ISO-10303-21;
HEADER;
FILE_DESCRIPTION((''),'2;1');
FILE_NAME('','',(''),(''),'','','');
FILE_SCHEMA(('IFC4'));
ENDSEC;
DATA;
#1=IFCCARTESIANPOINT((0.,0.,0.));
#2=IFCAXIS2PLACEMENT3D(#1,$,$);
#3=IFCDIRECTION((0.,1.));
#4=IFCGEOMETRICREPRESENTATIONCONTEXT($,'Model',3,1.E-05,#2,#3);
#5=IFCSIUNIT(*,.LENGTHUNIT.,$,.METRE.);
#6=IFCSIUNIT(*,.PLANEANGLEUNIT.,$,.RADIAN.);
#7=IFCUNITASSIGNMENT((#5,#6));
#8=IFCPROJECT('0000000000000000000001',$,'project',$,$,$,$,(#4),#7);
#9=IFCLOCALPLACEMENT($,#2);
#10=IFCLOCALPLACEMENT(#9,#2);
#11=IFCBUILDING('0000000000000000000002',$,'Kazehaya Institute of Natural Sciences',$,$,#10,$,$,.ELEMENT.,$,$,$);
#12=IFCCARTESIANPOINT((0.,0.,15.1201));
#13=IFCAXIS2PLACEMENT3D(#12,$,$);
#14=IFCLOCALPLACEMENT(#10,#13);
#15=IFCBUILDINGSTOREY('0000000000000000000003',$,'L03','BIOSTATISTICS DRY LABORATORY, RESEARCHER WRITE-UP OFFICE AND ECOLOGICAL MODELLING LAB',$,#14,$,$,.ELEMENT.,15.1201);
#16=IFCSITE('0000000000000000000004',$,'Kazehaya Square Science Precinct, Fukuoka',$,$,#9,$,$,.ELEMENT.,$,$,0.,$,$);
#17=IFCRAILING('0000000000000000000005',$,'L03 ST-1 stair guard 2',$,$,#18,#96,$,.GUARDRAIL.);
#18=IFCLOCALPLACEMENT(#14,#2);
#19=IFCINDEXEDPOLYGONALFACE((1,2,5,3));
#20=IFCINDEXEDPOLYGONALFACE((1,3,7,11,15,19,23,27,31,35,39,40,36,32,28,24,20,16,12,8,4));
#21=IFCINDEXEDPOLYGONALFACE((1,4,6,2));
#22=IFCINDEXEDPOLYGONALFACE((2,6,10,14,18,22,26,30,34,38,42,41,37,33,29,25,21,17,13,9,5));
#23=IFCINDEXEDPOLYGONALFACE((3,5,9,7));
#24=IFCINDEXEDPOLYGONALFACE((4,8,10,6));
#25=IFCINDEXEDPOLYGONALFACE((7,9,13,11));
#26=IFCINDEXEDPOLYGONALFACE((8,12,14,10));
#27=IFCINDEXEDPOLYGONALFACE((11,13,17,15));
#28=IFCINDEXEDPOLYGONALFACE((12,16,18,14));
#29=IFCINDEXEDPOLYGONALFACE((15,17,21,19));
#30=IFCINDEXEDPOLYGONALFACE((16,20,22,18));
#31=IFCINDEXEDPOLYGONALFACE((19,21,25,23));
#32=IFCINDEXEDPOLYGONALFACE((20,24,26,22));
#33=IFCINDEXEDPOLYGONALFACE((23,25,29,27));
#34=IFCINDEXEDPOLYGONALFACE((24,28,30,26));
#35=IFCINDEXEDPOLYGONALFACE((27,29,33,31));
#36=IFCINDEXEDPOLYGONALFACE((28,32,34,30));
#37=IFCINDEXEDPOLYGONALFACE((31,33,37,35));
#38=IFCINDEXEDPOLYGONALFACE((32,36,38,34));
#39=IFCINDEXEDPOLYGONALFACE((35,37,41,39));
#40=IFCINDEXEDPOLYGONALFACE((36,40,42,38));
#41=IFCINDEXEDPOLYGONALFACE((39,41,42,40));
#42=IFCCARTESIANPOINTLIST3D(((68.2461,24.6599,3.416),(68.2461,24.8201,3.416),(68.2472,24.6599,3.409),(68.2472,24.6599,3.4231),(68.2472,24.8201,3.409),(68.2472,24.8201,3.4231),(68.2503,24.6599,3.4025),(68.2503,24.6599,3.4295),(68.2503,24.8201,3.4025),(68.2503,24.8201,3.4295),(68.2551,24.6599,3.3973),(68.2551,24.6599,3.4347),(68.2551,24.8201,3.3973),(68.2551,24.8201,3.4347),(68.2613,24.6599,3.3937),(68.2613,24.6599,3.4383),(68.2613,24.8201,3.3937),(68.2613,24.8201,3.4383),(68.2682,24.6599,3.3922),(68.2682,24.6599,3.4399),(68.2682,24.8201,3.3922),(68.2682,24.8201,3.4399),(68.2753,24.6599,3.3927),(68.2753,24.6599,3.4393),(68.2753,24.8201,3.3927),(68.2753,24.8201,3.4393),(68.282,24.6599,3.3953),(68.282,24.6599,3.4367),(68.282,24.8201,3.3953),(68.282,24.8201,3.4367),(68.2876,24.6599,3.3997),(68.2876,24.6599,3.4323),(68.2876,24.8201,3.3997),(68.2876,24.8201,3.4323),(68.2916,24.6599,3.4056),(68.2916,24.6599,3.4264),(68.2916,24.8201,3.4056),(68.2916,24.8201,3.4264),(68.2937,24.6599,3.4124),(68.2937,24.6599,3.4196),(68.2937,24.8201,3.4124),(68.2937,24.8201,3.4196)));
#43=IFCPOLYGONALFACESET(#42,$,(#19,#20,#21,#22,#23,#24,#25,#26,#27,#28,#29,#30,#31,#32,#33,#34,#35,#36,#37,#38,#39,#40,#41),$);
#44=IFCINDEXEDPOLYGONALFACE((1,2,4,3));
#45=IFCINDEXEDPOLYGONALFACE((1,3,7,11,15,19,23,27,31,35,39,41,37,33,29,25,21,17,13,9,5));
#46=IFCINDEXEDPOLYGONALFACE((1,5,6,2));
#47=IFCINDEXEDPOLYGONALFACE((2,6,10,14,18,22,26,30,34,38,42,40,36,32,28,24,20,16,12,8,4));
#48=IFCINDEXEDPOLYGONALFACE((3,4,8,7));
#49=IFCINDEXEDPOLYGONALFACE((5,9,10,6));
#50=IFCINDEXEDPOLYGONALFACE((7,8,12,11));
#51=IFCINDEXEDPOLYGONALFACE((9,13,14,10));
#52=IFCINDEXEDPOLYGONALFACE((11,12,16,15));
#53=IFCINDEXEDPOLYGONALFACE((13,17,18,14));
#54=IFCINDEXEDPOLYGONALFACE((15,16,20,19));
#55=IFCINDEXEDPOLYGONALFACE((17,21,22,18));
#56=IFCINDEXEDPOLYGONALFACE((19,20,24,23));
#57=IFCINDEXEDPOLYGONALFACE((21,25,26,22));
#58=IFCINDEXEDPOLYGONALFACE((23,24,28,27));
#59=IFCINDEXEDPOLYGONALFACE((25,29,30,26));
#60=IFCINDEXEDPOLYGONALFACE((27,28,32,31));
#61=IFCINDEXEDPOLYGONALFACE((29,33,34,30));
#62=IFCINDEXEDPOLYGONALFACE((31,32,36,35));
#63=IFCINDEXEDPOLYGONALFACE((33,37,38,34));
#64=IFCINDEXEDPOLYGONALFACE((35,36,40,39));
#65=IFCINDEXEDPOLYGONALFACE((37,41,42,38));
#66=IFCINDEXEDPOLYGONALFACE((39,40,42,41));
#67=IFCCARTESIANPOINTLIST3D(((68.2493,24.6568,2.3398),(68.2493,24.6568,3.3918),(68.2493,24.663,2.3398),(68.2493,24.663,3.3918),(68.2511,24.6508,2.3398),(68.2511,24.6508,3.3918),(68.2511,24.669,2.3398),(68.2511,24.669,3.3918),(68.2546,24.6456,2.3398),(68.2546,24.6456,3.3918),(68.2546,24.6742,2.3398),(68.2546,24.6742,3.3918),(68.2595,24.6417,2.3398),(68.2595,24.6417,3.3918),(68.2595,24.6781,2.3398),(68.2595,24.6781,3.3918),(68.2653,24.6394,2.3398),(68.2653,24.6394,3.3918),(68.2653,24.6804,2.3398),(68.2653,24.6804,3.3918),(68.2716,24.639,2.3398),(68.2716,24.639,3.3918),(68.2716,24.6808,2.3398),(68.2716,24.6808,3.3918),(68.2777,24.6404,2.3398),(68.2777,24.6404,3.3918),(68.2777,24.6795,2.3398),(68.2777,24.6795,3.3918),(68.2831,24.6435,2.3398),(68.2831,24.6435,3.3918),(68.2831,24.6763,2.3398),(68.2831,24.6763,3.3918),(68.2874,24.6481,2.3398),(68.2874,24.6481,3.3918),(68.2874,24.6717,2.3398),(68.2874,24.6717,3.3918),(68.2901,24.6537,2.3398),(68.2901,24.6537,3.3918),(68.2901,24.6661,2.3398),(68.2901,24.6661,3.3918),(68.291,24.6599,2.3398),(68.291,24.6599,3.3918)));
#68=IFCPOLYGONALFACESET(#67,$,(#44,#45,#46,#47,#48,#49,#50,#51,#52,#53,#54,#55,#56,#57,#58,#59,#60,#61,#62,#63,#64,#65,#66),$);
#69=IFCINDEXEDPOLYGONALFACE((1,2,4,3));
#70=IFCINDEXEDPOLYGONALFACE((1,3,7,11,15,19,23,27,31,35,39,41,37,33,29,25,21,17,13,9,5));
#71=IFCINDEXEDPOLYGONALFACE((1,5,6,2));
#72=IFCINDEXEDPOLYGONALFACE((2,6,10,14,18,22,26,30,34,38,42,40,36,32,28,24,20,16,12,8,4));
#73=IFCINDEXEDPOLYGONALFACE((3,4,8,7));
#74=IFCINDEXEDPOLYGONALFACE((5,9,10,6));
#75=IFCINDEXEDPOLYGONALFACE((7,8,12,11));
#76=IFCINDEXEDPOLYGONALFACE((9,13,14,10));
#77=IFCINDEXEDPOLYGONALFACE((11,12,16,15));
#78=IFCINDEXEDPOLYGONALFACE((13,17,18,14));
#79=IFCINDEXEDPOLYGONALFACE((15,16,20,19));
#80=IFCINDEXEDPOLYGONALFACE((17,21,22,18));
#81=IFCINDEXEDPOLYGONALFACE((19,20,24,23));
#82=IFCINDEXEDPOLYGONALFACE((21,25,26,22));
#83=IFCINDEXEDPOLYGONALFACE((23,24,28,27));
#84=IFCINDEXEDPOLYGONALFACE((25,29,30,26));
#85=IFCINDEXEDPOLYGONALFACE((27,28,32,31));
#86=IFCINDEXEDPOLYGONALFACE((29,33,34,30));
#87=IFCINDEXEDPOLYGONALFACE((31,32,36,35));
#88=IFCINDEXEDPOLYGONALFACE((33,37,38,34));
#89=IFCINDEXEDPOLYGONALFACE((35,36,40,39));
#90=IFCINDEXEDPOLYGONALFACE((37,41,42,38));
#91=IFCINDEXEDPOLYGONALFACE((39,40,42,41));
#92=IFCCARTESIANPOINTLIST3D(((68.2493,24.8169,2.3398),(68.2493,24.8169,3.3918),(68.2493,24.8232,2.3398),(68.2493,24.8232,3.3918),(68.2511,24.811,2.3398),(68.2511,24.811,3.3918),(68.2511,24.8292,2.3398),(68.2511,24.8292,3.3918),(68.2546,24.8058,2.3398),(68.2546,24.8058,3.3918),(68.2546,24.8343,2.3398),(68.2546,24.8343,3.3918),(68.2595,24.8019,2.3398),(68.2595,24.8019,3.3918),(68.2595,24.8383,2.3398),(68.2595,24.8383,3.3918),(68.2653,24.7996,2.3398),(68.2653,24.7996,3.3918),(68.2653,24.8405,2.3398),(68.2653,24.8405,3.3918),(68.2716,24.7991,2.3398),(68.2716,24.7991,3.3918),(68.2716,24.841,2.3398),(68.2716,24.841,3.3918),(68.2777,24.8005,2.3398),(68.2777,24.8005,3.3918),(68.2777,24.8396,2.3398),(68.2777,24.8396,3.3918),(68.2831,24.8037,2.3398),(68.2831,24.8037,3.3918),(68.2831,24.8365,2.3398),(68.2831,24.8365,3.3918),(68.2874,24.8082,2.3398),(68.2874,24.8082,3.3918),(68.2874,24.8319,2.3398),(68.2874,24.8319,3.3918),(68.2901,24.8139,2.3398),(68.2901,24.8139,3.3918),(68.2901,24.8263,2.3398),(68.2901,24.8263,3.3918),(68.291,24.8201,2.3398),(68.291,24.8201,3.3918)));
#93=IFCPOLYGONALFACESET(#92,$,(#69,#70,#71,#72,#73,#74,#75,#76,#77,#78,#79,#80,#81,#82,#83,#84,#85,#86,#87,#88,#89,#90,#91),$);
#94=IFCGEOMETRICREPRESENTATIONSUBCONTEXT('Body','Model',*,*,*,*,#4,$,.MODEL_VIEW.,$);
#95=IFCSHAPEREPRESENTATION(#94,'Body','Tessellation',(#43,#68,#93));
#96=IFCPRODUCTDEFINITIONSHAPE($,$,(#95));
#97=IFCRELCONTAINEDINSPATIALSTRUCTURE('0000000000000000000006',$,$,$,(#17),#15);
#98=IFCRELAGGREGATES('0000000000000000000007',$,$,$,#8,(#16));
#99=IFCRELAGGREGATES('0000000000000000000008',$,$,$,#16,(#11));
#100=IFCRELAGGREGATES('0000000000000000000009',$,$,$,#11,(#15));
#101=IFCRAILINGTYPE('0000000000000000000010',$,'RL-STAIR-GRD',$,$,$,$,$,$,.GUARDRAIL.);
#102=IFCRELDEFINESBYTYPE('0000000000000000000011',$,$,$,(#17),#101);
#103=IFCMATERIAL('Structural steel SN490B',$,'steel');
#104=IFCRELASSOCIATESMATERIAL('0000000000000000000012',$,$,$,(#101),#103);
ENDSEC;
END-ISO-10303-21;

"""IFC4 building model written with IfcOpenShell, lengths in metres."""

from ifc_helpers import new_model, si_unit, direction, frame, origin, origin_2d, place, context, subcontext, project, spatial, circle, extrude, material, type_object, element, save


model = new_model("IFC4")

# Units and contexts
model_context = context("Model", 3, precision=1e-05, world=origin(), true_north=direction((0.0, 1.0)))
body_context = subcontext(model_context, "Body", "Model", "MODEL_VIEW")
ifc_project = project(units=[si_unit("LENGTHUNIT", "METRE"), si_unit("PLANEANGLEUNIT", "RADIAN")], contexts=[model_context])

# Site, building, storey
site_placement = place(None, origin())
site = spatial("IfcSite", under=ifc_project, at=site_placement, Name="Kazehaya Square Science Precinct, Fukuoka", CompositionType="ELEMENT", RefElevation=0.0)
building_placement = place(site_placement, origin())
building = spatial("IfcBuilding", under=site, at=building_placement, Name="Kazehaya Institute of Natural Sciences", CompositionType="ELEMENT")
storey_placement = place(building_placement, frame((0.0, 0.0, 15.1201)))
storey = spatial("IfcBuildingStorey", under=building, at=storey_placement, Name="L03", Description="BIOSTATISTICS DRY LABORATORY, RESEARCHER WRITE-UP OFFICE AND ECOLOGICAL MODELLING LAB", CompositionType="ELEMENT", Elevation=15.1201)

# Railing
ifc_material_1 = material(Name="Structural steel SN490B", Category="steel")
railing_type_1 = type_object("IfcRailingType", Name="RL-STAIR-GRD", PredefinedType="GUARDRAIL", material=ifc_material_1)
railing_1_placement = place(storey_placement, frame((68.27, 24.6599, 2.3398)))
element("IfcRailing", 1, at=railing_1_placement, inside=storey, type_object=railing_type_1, Name="L03 ST-1 stair guard 2", PredefinedType="GUARDRAIL", context=body_context, shape_type="SweptSolid", body=[
    extrude(circle(Radius=0.0239, at=origin_2d()), frame((0.0, 0.0, 1.0762), z_axis=(0.0, 1.0, 0.0), x_axis=(-1.0, 0.0, 0.0)), (0.0, 0.0, 1.0), 0.1602),
    extrude(circle(Radius=0.021, at=origin_2d()), origin(), (0.0, 0.0, 1.0), 1.052),
    extrude(circle(Radius=0.021, at=origin_2d()), frame((0.0, 0.1602, 0.0)), (0.0, 0.0, 1.0), 1.052),
])

save(model, "model.ifc")
